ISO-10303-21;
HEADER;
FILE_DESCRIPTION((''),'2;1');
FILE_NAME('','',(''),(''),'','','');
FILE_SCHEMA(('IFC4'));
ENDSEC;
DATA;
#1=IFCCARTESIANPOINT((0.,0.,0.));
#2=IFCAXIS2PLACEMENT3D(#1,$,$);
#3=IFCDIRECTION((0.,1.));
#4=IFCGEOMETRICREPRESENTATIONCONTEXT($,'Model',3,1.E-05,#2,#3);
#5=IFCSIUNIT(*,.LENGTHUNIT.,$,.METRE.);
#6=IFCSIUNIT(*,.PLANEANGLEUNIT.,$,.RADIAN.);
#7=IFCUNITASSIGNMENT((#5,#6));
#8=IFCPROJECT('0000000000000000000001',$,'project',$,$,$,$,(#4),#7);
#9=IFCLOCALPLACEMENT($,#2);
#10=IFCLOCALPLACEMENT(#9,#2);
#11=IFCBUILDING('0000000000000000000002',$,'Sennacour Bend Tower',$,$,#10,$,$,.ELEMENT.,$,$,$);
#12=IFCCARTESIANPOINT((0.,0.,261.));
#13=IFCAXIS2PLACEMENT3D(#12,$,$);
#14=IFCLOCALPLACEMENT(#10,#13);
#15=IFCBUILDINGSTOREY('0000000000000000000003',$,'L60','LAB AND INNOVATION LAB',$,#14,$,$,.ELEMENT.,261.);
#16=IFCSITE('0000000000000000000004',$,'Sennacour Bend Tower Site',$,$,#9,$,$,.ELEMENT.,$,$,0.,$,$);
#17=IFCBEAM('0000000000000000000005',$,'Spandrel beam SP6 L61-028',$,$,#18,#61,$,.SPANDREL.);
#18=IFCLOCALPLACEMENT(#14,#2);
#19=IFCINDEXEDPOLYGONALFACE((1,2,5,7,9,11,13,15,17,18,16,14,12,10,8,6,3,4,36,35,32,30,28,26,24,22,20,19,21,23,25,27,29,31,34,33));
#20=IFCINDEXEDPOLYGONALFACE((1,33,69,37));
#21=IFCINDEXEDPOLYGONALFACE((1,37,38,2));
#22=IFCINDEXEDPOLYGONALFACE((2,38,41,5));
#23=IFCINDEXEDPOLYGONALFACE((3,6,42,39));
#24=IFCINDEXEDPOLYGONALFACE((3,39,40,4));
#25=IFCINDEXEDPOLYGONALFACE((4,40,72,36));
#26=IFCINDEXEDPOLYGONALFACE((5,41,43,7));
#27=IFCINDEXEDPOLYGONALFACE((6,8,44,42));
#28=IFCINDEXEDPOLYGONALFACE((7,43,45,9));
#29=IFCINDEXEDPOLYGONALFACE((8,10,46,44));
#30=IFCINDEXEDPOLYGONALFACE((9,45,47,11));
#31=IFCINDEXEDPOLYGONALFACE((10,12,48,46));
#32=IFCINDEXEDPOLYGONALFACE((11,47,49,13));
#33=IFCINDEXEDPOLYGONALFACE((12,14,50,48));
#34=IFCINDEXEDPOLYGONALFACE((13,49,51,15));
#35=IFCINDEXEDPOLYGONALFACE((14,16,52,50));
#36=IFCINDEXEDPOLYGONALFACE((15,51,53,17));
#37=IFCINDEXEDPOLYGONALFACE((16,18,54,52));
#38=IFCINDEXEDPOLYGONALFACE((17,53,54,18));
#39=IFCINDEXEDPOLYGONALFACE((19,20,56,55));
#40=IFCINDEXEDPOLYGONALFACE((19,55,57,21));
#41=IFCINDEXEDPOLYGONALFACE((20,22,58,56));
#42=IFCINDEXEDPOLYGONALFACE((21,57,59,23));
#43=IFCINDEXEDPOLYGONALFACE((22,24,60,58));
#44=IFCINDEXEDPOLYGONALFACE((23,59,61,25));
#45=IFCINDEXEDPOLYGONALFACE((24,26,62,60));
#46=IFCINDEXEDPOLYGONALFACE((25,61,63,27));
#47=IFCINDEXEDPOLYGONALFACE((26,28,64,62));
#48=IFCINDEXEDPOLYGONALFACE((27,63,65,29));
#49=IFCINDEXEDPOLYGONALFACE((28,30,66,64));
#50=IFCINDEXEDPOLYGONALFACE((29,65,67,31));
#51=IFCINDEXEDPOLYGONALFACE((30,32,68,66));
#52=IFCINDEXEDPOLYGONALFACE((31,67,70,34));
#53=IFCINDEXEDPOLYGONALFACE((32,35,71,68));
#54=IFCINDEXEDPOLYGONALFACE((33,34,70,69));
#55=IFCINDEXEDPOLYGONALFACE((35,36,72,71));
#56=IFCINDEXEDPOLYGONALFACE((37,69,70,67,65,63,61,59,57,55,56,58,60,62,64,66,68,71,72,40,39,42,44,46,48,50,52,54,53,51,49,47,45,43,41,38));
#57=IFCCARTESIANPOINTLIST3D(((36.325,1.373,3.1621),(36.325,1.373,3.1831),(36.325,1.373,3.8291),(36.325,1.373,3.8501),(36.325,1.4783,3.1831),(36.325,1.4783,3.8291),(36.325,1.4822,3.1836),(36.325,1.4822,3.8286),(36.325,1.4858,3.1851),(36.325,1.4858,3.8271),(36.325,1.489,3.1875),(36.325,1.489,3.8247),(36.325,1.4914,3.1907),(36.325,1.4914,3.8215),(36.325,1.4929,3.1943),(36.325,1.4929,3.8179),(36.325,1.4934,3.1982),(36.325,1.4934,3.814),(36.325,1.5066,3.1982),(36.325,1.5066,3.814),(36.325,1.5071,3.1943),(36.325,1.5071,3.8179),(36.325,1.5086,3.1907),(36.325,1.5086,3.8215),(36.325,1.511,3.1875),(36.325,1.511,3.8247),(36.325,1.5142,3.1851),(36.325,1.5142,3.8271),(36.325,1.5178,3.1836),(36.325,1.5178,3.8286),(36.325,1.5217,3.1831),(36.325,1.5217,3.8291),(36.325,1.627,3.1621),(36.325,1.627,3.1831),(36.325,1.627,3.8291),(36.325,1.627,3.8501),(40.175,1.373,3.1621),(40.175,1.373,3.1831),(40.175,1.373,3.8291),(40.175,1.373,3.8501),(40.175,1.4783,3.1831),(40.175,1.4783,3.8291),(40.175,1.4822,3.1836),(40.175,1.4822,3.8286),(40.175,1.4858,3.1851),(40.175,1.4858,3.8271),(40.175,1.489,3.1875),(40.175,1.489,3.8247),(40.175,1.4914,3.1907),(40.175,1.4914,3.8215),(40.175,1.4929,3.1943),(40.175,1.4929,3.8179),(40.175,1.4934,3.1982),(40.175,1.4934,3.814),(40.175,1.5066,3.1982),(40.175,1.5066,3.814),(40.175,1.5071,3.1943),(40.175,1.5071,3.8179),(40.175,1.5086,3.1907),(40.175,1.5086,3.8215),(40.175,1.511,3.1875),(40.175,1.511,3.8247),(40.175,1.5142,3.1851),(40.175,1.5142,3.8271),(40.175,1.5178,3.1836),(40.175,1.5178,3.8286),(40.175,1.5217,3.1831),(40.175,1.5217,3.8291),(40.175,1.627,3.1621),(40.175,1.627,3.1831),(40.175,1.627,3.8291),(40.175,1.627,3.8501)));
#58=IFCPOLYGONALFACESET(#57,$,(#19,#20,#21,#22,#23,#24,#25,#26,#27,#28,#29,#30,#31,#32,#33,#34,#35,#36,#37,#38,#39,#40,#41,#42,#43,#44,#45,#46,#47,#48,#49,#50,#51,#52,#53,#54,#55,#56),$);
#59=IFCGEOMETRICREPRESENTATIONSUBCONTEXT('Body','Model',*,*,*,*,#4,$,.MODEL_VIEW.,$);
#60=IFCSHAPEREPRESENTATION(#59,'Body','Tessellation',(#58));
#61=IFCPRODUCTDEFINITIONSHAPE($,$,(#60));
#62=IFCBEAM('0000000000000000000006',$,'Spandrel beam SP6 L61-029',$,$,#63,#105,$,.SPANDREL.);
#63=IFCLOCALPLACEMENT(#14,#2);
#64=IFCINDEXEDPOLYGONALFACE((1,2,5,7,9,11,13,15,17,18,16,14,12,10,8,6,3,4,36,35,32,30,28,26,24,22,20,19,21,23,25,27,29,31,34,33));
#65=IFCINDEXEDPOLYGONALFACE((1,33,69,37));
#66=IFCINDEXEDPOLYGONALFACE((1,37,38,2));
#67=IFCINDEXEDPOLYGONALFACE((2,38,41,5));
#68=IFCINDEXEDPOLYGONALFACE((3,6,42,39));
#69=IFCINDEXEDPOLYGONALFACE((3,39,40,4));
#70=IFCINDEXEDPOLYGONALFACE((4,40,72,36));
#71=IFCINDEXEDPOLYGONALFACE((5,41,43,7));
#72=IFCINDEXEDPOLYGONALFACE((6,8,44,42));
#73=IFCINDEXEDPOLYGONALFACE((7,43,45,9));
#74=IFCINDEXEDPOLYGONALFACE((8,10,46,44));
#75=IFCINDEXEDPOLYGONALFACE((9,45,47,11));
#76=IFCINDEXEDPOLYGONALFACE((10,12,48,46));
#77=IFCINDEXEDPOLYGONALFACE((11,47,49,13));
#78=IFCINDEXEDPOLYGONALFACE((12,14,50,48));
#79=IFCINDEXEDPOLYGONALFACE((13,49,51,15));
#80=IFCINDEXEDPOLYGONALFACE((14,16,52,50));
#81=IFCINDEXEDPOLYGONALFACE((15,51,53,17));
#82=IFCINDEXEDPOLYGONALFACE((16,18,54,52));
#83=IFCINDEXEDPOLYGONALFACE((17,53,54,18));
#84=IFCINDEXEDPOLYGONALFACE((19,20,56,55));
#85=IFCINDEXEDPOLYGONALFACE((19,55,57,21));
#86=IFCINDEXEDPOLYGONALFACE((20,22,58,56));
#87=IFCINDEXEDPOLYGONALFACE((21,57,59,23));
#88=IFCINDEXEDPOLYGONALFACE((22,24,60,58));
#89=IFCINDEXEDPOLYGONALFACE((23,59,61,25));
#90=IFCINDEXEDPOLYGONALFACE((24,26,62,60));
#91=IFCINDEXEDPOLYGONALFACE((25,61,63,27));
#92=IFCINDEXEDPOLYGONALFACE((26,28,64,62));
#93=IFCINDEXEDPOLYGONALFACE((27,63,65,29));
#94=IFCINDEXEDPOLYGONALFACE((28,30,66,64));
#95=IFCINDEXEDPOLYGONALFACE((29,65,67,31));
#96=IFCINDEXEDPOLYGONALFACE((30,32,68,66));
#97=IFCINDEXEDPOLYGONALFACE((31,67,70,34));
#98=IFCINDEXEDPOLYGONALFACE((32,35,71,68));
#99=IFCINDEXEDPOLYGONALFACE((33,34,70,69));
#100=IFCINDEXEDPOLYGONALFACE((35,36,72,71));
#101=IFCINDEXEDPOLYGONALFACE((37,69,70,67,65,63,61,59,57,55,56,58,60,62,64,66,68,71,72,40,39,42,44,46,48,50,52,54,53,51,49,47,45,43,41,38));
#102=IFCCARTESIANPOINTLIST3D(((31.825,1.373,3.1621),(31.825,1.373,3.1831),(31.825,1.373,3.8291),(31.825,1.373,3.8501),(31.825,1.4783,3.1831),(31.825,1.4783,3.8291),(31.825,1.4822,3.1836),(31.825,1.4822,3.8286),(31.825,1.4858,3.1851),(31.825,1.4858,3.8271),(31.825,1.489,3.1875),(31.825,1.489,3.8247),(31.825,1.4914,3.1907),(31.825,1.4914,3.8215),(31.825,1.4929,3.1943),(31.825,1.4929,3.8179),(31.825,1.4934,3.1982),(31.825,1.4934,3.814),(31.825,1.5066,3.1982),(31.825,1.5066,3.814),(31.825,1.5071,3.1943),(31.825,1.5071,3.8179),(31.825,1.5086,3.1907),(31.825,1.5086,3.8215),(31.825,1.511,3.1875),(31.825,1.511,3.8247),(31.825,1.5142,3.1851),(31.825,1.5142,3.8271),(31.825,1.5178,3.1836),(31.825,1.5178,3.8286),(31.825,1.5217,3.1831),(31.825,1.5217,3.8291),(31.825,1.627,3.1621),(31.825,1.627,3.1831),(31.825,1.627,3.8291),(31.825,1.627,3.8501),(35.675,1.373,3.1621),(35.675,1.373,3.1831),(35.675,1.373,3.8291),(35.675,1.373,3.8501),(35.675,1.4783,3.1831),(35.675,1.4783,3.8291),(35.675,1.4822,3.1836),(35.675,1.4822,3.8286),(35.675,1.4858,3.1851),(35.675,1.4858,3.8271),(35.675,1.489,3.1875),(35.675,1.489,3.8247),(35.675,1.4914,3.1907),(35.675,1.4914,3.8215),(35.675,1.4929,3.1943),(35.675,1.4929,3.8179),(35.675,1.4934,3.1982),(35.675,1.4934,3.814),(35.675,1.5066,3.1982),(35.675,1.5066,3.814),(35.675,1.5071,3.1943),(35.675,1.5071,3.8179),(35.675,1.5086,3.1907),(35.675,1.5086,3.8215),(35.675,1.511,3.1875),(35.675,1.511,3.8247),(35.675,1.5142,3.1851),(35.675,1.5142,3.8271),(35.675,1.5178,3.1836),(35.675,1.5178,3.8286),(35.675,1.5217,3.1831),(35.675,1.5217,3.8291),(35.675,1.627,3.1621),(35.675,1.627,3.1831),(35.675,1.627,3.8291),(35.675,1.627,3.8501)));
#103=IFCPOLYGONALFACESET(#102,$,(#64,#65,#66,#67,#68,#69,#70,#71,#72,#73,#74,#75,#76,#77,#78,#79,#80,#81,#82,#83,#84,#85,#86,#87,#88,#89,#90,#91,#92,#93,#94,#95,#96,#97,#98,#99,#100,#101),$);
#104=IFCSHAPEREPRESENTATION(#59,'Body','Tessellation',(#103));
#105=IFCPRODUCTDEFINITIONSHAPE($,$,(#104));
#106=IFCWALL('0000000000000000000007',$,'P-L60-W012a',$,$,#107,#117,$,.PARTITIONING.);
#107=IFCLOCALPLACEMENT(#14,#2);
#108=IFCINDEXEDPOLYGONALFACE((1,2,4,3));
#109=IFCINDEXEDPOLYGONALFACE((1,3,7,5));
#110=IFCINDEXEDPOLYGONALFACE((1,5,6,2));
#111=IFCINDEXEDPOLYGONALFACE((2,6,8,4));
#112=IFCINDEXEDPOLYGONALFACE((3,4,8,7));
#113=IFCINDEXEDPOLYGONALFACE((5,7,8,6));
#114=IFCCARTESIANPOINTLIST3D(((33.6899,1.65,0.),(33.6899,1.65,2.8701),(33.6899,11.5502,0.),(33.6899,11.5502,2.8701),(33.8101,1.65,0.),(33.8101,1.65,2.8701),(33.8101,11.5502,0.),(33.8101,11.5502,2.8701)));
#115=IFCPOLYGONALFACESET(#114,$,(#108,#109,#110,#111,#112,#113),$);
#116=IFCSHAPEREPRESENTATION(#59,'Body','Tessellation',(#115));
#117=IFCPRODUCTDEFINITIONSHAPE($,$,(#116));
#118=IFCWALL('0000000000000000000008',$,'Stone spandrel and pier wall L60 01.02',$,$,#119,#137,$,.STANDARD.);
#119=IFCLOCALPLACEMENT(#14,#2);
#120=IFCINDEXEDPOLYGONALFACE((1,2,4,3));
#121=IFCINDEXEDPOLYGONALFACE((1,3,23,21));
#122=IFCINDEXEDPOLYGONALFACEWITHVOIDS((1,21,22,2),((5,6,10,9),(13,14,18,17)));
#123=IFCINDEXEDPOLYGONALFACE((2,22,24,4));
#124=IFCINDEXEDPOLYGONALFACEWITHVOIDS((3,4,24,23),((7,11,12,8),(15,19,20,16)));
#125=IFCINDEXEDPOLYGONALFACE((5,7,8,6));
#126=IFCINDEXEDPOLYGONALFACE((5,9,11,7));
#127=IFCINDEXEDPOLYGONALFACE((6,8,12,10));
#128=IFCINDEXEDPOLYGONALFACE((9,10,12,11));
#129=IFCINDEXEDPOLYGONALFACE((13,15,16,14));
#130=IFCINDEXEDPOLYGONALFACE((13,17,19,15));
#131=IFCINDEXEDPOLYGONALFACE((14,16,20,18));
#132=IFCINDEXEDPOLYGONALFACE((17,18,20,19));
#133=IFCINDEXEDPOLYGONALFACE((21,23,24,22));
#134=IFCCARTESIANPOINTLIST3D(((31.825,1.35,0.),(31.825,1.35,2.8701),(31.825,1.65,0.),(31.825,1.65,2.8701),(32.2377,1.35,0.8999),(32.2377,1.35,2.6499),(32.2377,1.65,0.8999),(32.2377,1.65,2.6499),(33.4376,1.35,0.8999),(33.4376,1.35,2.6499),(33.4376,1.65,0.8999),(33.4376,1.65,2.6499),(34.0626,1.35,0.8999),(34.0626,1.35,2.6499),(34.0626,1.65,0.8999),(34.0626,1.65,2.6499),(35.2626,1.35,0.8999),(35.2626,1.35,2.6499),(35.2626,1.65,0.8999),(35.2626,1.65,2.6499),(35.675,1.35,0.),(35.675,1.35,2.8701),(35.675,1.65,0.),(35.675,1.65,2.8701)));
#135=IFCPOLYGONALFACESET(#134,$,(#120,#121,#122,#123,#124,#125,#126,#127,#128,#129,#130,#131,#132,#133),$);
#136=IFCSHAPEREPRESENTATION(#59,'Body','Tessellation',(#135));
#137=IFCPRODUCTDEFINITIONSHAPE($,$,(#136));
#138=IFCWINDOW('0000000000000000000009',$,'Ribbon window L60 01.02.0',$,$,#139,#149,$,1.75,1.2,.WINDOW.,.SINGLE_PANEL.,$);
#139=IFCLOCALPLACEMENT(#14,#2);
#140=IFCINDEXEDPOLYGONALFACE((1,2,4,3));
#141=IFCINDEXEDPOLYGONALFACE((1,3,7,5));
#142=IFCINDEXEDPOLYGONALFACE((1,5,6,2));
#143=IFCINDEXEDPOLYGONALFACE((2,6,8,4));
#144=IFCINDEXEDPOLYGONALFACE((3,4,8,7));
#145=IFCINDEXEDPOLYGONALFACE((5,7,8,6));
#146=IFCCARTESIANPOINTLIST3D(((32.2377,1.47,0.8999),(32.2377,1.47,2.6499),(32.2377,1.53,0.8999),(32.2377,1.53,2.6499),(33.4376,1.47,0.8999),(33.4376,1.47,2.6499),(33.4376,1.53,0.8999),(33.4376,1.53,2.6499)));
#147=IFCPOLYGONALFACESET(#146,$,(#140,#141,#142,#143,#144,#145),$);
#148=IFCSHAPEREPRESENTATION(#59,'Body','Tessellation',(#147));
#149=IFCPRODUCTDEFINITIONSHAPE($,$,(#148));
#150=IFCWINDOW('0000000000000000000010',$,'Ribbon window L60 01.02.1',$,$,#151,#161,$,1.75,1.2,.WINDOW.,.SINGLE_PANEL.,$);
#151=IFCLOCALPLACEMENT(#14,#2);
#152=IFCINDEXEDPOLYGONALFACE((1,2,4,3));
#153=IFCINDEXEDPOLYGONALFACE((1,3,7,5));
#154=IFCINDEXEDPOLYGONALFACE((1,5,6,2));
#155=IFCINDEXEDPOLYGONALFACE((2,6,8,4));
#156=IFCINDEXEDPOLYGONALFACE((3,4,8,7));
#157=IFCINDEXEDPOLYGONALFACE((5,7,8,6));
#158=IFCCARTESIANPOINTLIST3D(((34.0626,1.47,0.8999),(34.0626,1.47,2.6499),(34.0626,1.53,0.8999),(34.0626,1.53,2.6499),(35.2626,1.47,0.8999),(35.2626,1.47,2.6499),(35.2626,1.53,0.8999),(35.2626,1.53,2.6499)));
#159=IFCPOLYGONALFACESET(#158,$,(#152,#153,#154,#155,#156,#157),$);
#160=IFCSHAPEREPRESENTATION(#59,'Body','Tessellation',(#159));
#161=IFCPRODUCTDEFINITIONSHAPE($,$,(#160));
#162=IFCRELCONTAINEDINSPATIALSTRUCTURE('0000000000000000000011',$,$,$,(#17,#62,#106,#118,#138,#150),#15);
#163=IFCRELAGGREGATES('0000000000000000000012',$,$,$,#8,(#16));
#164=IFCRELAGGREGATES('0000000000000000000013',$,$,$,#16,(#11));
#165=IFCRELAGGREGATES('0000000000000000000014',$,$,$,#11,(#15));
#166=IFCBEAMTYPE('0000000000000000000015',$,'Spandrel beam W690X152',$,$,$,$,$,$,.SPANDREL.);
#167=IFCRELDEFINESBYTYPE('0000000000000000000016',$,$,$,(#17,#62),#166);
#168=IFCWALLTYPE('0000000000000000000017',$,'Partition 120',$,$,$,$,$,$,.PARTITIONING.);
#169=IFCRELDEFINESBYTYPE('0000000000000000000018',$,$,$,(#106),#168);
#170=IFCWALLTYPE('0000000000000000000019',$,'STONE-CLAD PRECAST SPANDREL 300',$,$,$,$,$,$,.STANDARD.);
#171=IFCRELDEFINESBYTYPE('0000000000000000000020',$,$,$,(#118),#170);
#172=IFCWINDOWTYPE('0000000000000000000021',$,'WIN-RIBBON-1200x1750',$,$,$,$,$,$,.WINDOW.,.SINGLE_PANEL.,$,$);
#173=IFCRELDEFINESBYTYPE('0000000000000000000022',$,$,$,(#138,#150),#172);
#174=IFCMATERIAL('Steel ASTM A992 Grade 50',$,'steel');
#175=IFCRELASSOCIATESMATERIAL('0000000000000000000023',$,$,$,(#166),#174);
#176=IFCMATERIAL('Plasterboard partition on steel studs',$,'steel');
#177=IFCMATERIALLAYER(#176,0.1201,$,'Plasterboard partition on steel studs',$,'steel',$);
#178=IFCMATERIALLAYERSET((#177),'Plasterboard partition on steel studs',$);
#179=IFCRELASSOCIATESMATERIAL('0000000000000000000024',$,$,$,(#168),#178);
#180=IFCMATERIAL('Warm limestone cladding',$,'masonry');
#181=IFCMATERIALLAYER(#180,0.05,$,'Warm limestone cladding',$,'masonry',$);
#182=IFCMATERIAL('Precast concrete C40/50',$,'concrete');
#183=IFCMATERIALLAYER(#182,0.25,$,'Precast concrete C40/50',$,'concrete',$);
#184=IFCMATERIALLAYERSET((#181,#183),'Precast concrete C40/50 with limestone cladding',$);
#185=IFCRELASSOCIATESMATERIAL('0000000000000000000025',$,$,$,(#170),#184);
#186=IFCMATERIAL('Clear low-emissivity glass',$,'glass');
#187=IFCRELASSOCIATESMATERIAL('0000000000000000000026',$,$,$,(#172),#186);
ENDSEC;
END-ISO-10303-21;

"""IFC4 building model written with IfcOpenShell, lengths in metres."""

from ifc_helpers import new_model, si_unit, direction, frame, frame_2d, origin, origin_2d, place, context, subcontext, project, spatial, rectangle, i_section, extrude, material, layer, layer_set, material_profile, profile_set, type_object, element, fill, save


model = new_model("IFC4")

# Units and contexts
model_context = context("Model", 3, precision=1e-05, world=origin(), true_north=direction((0.0, 1.0)))
body_context = subcontext(model_context, "Body", "Model", "MODEL_VIEW")
ifc_project = project(units=[si_unit("LENGTHUNIT", "METRE"), si_unit("PLANEANGLEUNIT", "RADIAN")], contexts=[model_context])

# Site, building, storey
site_placement = place(None, origin())
site = spatial("IfcSite", under=ifc_project, at=site_placement, Name="Sennacour Bend Tower Site", CompositionType="ELEMENT", RefElevation=0.0)
building_placement = place(site_placement, origin())
building = spatial("IfcBuilding", under=site, at=building_placement, Name="Sennacour Bend Tower", CompositionType="ELEMENT")
storey_placement = place(building_placement, frame((0.0, 0.0, 261.0)))
storey = spatial("IfcBuildingStorey", under=building, at=storey_placement, Name="L60", Description="LAB AND INNOVATION LAB", CompositionType="ELEMENT", Elevation=261.0)

# Beams
ifc_material_1 = material(Name="Steel ASTM A992 Grade 50", Category="steel")
ifc_material_profile_1 = material_profile(ifc_material_1, i_section(OverallWidth=0.2539, OverallDepth=0.688, WebThickness=0.0132, FlangeThickness=0.021, FilletRadius=0.0151, at=origin_2d()), Name="Steel ASTM A992 Grade 50", Category="steel")
ifc_profile_set_1 = profile_set([ifc_material_profile_1], Name="Steel ASTM A992 Grade 50")
beam_type_1 = type_object("IfcBeamType", Name="Spandrel beam W690X152", PredefinedType="SPANDREL", material=ifc_profile_set_1)
for number, where, z_axis, x_axis, name in (
    (1, (40.175, 1.5, 3.5061), (-1.0, 0.0, 0.0), (0.0, -1.0, 0.0), "Spandrel beam SP6 L61-028"),
    (2, (35.675, 1.5, 3.5061), (-1.0, 0.0, 0.0), (0.0, -1.0, 0.0), "Spandrel beam SP6 L61-029"),
):
    element("IfcBeam", number, at=place(storey_placement, frame(where, z_axis=z_axis, x_axis=x_axis)), inside=storey, type_object=beam_type_1, Name=name, PredefinedType="SPANDREL", context=body_context, shape_type="SweptSolid", body=[
        extrude(i_section(OverallWidth=0.2539, OverallDepth=0.688, WebThickness=0.0132, FlangeThickness=0.021, FilletRadius=0.0151, at=origin_2d()), origin(), (0.0, 0.0, 1.0), 3.8501),
    ])

# Wall
ifc_material_2 = material(Name="Plasterboard partition on steel studs", Category="steel")
ifc_layer_1 = layer(ifc_material_2, 0.1201, Name="Plasterboard partition on steel studs", Category="steel")
ifc_layer_set_1 = layer_set([ifc_layer_1], Name="Plasterboard partition on steel studs")
wall_type_1 = type_object("IfcWallType", Name="Partition 120", PredefinedType="PARTITIONING", material=ifc_layer_set_1)
wall_1_placement = place(storey_placement, frame((33.75, 1.6499, 0.0), z_axis=(0.0, 0.0, 1.0), x_axis=(0.0, 1.0, 0.0)))
element("IfcWall", 3, at=wall_1_placement, inside=storey, type_object=wall_type_1, Name="P-L60-W012a", PredefinedType="PARTITIONING", context=body_context, shape_type="SweptSolid", body=[
    extrude(rectangle(XDim=9.9001, YDim=0.1201, at=frame_2d((4.9502, 0.0))), origin(), (0.0, 0.0, 1.0), 2.8701),
])

# Wall, openings, windows
ifc_material_3 = material(Name="Warm limestone cladding", Category="masonry")
ifc_layer_2 = layer(ifc_material_3, 0.05, Name="Warm limestone cladding", Category="masonry")
ifc_material_4 = material(Name="Precast concrete C40/50", Category="concrete")
ifc_layer_3 = layer(ifc_material_4, 0.25, Name="Precast concrete C40/50", Category="concrete")
ifc_layer_set_2 = layer_set([ifc_layer_2, ifc_layer_3], Name="Precast concrete C40/50 with limestone cladding")
wall_type_2 = type_object("IfcWallType", Name="STONE-CLAD PRECAST SPANDREL 300", PredefinedType="STANDARD", material=ifc_layer_set_2)
wall_2_placement = place(storey_placement, frame((31.825, 1.5, 0.0), z_axis=(0.0, 0.0, 1.0), x_axis=(1.0, 0.0, 0.0)))
wall_2 = element("IfcWall", 4, at=wall_2_placement, inside=storey, type_object=wall_type_2, Name="Stone spandrel and pier wall L60 01.02", PredefinedType="STANDARD", context=body_context, shape_type="SweptSolid", body=[
    extrude(rectangle(XDim=3.8501, YDim=0.3, at=frame_2d((1.925, 0.0))), origin(), (0.0, 0.0, 1.0), 2.8701),
])
opening_1_placement = place(wall_2_placement, frame((0.4126, 0.0, 0.8999)))
opening_1 = element("IfcOpeningElement", 5, at=opening_1_placement, cuts=wall_2, PredefinedType="OPENING", context=body_context, shape_type="SweptSolid", body=[
    extrude(rectangle(XDim=1.2, YDim=1.75, at=frame_2d((0.6001, 0.875))), frame((0.0, 0.1602, 0.0), z_axis=(0.0, -1.0, 0.0), x_axis=(1.0, 0.0, 0.0)), (0.0, 0.0, 1.0), 0.3201),
])
opening_2_placement = place(wall_2_placement, frame((2.2375, 0.0, 0.8999)))
opening_2 = element("IfcOpeningElement", 6, at=opening_2_placement, cuts=wall_2, PredefinedType="OPENING", context=body_context, shape_type="SweptSolid", body=[
    extrude(rectangle(XDim=1.2, YDim=1.75, at=frame_2d((0.6001, 0.875))), frame((0.0, 0.1602, 0.0), z_axis=(0.0, -1.0, 0.0), x_axis=(1.0, 0.0, 0.0)), (0.0, 0.0, 1.0), 0.3201),
])
ifc_material_5 = material(Name="Clear low-emissivity glass", Category="glass")
window_type = type_object("IfcWindowType", Name="WIN-RIBBON-1200x1750", PartitioningType="SINGLE_PANEL", PredefinedType="WINDOW", material=ifc_material_5)
window_1_placement = place(opening_1_placement, origin())
window_1 = element("IfcWindow", 7, at=window_1_placement, inside=storey, type_object=window_type, Name="Ribbon window L60 01.02.0", OverallHeight=1.75, OverallWidth=1.2, PartitioningType="SINGLE_PANEL", PredefinedType="WINDOW", context=body_context, shape_type="SweptSolid", body=[
    extrude(rectangle(XDim=1.2, YDim=1.75, at=frame_2d((0.6001, 0.875))), frame((0.0, 0.03, 0.0), z_axis=(0.0, -1.0, 0.0), x_axis=(1.0, 0.0, 0.0)), (0.0, 0.0, 1.0), 0.0601),
])
fill(opening_1, window_1)
window_2_placement = place(opening_2_placement, origin())
window_2 = element("IfcWindow", 8, at=window_2_placement, inside=storey, type_object=window_type, Name="Ribbon window L60 01.02.1", OverallHeight=1.75, OverallWidth=1.2, PartitioningType="SINGLE_PANEL", PredefinedType="WINDOW", context=body_context, shape_type="SweptSolid", body=[
    extrude(rectangle(XDim=1.2, YDim=1.75, at=frame_2d((0.6001, 0.875))), frame((0.0, 0.03, 0.0), z_axis=(0.0, -1.0, 0.0), x_axis=(1.0, 0.0, 0.0)), (0.0, 0.0, 1.0), 0.0601),
])
fill(opening_2, window_2)

save(model, "model.ifc")
